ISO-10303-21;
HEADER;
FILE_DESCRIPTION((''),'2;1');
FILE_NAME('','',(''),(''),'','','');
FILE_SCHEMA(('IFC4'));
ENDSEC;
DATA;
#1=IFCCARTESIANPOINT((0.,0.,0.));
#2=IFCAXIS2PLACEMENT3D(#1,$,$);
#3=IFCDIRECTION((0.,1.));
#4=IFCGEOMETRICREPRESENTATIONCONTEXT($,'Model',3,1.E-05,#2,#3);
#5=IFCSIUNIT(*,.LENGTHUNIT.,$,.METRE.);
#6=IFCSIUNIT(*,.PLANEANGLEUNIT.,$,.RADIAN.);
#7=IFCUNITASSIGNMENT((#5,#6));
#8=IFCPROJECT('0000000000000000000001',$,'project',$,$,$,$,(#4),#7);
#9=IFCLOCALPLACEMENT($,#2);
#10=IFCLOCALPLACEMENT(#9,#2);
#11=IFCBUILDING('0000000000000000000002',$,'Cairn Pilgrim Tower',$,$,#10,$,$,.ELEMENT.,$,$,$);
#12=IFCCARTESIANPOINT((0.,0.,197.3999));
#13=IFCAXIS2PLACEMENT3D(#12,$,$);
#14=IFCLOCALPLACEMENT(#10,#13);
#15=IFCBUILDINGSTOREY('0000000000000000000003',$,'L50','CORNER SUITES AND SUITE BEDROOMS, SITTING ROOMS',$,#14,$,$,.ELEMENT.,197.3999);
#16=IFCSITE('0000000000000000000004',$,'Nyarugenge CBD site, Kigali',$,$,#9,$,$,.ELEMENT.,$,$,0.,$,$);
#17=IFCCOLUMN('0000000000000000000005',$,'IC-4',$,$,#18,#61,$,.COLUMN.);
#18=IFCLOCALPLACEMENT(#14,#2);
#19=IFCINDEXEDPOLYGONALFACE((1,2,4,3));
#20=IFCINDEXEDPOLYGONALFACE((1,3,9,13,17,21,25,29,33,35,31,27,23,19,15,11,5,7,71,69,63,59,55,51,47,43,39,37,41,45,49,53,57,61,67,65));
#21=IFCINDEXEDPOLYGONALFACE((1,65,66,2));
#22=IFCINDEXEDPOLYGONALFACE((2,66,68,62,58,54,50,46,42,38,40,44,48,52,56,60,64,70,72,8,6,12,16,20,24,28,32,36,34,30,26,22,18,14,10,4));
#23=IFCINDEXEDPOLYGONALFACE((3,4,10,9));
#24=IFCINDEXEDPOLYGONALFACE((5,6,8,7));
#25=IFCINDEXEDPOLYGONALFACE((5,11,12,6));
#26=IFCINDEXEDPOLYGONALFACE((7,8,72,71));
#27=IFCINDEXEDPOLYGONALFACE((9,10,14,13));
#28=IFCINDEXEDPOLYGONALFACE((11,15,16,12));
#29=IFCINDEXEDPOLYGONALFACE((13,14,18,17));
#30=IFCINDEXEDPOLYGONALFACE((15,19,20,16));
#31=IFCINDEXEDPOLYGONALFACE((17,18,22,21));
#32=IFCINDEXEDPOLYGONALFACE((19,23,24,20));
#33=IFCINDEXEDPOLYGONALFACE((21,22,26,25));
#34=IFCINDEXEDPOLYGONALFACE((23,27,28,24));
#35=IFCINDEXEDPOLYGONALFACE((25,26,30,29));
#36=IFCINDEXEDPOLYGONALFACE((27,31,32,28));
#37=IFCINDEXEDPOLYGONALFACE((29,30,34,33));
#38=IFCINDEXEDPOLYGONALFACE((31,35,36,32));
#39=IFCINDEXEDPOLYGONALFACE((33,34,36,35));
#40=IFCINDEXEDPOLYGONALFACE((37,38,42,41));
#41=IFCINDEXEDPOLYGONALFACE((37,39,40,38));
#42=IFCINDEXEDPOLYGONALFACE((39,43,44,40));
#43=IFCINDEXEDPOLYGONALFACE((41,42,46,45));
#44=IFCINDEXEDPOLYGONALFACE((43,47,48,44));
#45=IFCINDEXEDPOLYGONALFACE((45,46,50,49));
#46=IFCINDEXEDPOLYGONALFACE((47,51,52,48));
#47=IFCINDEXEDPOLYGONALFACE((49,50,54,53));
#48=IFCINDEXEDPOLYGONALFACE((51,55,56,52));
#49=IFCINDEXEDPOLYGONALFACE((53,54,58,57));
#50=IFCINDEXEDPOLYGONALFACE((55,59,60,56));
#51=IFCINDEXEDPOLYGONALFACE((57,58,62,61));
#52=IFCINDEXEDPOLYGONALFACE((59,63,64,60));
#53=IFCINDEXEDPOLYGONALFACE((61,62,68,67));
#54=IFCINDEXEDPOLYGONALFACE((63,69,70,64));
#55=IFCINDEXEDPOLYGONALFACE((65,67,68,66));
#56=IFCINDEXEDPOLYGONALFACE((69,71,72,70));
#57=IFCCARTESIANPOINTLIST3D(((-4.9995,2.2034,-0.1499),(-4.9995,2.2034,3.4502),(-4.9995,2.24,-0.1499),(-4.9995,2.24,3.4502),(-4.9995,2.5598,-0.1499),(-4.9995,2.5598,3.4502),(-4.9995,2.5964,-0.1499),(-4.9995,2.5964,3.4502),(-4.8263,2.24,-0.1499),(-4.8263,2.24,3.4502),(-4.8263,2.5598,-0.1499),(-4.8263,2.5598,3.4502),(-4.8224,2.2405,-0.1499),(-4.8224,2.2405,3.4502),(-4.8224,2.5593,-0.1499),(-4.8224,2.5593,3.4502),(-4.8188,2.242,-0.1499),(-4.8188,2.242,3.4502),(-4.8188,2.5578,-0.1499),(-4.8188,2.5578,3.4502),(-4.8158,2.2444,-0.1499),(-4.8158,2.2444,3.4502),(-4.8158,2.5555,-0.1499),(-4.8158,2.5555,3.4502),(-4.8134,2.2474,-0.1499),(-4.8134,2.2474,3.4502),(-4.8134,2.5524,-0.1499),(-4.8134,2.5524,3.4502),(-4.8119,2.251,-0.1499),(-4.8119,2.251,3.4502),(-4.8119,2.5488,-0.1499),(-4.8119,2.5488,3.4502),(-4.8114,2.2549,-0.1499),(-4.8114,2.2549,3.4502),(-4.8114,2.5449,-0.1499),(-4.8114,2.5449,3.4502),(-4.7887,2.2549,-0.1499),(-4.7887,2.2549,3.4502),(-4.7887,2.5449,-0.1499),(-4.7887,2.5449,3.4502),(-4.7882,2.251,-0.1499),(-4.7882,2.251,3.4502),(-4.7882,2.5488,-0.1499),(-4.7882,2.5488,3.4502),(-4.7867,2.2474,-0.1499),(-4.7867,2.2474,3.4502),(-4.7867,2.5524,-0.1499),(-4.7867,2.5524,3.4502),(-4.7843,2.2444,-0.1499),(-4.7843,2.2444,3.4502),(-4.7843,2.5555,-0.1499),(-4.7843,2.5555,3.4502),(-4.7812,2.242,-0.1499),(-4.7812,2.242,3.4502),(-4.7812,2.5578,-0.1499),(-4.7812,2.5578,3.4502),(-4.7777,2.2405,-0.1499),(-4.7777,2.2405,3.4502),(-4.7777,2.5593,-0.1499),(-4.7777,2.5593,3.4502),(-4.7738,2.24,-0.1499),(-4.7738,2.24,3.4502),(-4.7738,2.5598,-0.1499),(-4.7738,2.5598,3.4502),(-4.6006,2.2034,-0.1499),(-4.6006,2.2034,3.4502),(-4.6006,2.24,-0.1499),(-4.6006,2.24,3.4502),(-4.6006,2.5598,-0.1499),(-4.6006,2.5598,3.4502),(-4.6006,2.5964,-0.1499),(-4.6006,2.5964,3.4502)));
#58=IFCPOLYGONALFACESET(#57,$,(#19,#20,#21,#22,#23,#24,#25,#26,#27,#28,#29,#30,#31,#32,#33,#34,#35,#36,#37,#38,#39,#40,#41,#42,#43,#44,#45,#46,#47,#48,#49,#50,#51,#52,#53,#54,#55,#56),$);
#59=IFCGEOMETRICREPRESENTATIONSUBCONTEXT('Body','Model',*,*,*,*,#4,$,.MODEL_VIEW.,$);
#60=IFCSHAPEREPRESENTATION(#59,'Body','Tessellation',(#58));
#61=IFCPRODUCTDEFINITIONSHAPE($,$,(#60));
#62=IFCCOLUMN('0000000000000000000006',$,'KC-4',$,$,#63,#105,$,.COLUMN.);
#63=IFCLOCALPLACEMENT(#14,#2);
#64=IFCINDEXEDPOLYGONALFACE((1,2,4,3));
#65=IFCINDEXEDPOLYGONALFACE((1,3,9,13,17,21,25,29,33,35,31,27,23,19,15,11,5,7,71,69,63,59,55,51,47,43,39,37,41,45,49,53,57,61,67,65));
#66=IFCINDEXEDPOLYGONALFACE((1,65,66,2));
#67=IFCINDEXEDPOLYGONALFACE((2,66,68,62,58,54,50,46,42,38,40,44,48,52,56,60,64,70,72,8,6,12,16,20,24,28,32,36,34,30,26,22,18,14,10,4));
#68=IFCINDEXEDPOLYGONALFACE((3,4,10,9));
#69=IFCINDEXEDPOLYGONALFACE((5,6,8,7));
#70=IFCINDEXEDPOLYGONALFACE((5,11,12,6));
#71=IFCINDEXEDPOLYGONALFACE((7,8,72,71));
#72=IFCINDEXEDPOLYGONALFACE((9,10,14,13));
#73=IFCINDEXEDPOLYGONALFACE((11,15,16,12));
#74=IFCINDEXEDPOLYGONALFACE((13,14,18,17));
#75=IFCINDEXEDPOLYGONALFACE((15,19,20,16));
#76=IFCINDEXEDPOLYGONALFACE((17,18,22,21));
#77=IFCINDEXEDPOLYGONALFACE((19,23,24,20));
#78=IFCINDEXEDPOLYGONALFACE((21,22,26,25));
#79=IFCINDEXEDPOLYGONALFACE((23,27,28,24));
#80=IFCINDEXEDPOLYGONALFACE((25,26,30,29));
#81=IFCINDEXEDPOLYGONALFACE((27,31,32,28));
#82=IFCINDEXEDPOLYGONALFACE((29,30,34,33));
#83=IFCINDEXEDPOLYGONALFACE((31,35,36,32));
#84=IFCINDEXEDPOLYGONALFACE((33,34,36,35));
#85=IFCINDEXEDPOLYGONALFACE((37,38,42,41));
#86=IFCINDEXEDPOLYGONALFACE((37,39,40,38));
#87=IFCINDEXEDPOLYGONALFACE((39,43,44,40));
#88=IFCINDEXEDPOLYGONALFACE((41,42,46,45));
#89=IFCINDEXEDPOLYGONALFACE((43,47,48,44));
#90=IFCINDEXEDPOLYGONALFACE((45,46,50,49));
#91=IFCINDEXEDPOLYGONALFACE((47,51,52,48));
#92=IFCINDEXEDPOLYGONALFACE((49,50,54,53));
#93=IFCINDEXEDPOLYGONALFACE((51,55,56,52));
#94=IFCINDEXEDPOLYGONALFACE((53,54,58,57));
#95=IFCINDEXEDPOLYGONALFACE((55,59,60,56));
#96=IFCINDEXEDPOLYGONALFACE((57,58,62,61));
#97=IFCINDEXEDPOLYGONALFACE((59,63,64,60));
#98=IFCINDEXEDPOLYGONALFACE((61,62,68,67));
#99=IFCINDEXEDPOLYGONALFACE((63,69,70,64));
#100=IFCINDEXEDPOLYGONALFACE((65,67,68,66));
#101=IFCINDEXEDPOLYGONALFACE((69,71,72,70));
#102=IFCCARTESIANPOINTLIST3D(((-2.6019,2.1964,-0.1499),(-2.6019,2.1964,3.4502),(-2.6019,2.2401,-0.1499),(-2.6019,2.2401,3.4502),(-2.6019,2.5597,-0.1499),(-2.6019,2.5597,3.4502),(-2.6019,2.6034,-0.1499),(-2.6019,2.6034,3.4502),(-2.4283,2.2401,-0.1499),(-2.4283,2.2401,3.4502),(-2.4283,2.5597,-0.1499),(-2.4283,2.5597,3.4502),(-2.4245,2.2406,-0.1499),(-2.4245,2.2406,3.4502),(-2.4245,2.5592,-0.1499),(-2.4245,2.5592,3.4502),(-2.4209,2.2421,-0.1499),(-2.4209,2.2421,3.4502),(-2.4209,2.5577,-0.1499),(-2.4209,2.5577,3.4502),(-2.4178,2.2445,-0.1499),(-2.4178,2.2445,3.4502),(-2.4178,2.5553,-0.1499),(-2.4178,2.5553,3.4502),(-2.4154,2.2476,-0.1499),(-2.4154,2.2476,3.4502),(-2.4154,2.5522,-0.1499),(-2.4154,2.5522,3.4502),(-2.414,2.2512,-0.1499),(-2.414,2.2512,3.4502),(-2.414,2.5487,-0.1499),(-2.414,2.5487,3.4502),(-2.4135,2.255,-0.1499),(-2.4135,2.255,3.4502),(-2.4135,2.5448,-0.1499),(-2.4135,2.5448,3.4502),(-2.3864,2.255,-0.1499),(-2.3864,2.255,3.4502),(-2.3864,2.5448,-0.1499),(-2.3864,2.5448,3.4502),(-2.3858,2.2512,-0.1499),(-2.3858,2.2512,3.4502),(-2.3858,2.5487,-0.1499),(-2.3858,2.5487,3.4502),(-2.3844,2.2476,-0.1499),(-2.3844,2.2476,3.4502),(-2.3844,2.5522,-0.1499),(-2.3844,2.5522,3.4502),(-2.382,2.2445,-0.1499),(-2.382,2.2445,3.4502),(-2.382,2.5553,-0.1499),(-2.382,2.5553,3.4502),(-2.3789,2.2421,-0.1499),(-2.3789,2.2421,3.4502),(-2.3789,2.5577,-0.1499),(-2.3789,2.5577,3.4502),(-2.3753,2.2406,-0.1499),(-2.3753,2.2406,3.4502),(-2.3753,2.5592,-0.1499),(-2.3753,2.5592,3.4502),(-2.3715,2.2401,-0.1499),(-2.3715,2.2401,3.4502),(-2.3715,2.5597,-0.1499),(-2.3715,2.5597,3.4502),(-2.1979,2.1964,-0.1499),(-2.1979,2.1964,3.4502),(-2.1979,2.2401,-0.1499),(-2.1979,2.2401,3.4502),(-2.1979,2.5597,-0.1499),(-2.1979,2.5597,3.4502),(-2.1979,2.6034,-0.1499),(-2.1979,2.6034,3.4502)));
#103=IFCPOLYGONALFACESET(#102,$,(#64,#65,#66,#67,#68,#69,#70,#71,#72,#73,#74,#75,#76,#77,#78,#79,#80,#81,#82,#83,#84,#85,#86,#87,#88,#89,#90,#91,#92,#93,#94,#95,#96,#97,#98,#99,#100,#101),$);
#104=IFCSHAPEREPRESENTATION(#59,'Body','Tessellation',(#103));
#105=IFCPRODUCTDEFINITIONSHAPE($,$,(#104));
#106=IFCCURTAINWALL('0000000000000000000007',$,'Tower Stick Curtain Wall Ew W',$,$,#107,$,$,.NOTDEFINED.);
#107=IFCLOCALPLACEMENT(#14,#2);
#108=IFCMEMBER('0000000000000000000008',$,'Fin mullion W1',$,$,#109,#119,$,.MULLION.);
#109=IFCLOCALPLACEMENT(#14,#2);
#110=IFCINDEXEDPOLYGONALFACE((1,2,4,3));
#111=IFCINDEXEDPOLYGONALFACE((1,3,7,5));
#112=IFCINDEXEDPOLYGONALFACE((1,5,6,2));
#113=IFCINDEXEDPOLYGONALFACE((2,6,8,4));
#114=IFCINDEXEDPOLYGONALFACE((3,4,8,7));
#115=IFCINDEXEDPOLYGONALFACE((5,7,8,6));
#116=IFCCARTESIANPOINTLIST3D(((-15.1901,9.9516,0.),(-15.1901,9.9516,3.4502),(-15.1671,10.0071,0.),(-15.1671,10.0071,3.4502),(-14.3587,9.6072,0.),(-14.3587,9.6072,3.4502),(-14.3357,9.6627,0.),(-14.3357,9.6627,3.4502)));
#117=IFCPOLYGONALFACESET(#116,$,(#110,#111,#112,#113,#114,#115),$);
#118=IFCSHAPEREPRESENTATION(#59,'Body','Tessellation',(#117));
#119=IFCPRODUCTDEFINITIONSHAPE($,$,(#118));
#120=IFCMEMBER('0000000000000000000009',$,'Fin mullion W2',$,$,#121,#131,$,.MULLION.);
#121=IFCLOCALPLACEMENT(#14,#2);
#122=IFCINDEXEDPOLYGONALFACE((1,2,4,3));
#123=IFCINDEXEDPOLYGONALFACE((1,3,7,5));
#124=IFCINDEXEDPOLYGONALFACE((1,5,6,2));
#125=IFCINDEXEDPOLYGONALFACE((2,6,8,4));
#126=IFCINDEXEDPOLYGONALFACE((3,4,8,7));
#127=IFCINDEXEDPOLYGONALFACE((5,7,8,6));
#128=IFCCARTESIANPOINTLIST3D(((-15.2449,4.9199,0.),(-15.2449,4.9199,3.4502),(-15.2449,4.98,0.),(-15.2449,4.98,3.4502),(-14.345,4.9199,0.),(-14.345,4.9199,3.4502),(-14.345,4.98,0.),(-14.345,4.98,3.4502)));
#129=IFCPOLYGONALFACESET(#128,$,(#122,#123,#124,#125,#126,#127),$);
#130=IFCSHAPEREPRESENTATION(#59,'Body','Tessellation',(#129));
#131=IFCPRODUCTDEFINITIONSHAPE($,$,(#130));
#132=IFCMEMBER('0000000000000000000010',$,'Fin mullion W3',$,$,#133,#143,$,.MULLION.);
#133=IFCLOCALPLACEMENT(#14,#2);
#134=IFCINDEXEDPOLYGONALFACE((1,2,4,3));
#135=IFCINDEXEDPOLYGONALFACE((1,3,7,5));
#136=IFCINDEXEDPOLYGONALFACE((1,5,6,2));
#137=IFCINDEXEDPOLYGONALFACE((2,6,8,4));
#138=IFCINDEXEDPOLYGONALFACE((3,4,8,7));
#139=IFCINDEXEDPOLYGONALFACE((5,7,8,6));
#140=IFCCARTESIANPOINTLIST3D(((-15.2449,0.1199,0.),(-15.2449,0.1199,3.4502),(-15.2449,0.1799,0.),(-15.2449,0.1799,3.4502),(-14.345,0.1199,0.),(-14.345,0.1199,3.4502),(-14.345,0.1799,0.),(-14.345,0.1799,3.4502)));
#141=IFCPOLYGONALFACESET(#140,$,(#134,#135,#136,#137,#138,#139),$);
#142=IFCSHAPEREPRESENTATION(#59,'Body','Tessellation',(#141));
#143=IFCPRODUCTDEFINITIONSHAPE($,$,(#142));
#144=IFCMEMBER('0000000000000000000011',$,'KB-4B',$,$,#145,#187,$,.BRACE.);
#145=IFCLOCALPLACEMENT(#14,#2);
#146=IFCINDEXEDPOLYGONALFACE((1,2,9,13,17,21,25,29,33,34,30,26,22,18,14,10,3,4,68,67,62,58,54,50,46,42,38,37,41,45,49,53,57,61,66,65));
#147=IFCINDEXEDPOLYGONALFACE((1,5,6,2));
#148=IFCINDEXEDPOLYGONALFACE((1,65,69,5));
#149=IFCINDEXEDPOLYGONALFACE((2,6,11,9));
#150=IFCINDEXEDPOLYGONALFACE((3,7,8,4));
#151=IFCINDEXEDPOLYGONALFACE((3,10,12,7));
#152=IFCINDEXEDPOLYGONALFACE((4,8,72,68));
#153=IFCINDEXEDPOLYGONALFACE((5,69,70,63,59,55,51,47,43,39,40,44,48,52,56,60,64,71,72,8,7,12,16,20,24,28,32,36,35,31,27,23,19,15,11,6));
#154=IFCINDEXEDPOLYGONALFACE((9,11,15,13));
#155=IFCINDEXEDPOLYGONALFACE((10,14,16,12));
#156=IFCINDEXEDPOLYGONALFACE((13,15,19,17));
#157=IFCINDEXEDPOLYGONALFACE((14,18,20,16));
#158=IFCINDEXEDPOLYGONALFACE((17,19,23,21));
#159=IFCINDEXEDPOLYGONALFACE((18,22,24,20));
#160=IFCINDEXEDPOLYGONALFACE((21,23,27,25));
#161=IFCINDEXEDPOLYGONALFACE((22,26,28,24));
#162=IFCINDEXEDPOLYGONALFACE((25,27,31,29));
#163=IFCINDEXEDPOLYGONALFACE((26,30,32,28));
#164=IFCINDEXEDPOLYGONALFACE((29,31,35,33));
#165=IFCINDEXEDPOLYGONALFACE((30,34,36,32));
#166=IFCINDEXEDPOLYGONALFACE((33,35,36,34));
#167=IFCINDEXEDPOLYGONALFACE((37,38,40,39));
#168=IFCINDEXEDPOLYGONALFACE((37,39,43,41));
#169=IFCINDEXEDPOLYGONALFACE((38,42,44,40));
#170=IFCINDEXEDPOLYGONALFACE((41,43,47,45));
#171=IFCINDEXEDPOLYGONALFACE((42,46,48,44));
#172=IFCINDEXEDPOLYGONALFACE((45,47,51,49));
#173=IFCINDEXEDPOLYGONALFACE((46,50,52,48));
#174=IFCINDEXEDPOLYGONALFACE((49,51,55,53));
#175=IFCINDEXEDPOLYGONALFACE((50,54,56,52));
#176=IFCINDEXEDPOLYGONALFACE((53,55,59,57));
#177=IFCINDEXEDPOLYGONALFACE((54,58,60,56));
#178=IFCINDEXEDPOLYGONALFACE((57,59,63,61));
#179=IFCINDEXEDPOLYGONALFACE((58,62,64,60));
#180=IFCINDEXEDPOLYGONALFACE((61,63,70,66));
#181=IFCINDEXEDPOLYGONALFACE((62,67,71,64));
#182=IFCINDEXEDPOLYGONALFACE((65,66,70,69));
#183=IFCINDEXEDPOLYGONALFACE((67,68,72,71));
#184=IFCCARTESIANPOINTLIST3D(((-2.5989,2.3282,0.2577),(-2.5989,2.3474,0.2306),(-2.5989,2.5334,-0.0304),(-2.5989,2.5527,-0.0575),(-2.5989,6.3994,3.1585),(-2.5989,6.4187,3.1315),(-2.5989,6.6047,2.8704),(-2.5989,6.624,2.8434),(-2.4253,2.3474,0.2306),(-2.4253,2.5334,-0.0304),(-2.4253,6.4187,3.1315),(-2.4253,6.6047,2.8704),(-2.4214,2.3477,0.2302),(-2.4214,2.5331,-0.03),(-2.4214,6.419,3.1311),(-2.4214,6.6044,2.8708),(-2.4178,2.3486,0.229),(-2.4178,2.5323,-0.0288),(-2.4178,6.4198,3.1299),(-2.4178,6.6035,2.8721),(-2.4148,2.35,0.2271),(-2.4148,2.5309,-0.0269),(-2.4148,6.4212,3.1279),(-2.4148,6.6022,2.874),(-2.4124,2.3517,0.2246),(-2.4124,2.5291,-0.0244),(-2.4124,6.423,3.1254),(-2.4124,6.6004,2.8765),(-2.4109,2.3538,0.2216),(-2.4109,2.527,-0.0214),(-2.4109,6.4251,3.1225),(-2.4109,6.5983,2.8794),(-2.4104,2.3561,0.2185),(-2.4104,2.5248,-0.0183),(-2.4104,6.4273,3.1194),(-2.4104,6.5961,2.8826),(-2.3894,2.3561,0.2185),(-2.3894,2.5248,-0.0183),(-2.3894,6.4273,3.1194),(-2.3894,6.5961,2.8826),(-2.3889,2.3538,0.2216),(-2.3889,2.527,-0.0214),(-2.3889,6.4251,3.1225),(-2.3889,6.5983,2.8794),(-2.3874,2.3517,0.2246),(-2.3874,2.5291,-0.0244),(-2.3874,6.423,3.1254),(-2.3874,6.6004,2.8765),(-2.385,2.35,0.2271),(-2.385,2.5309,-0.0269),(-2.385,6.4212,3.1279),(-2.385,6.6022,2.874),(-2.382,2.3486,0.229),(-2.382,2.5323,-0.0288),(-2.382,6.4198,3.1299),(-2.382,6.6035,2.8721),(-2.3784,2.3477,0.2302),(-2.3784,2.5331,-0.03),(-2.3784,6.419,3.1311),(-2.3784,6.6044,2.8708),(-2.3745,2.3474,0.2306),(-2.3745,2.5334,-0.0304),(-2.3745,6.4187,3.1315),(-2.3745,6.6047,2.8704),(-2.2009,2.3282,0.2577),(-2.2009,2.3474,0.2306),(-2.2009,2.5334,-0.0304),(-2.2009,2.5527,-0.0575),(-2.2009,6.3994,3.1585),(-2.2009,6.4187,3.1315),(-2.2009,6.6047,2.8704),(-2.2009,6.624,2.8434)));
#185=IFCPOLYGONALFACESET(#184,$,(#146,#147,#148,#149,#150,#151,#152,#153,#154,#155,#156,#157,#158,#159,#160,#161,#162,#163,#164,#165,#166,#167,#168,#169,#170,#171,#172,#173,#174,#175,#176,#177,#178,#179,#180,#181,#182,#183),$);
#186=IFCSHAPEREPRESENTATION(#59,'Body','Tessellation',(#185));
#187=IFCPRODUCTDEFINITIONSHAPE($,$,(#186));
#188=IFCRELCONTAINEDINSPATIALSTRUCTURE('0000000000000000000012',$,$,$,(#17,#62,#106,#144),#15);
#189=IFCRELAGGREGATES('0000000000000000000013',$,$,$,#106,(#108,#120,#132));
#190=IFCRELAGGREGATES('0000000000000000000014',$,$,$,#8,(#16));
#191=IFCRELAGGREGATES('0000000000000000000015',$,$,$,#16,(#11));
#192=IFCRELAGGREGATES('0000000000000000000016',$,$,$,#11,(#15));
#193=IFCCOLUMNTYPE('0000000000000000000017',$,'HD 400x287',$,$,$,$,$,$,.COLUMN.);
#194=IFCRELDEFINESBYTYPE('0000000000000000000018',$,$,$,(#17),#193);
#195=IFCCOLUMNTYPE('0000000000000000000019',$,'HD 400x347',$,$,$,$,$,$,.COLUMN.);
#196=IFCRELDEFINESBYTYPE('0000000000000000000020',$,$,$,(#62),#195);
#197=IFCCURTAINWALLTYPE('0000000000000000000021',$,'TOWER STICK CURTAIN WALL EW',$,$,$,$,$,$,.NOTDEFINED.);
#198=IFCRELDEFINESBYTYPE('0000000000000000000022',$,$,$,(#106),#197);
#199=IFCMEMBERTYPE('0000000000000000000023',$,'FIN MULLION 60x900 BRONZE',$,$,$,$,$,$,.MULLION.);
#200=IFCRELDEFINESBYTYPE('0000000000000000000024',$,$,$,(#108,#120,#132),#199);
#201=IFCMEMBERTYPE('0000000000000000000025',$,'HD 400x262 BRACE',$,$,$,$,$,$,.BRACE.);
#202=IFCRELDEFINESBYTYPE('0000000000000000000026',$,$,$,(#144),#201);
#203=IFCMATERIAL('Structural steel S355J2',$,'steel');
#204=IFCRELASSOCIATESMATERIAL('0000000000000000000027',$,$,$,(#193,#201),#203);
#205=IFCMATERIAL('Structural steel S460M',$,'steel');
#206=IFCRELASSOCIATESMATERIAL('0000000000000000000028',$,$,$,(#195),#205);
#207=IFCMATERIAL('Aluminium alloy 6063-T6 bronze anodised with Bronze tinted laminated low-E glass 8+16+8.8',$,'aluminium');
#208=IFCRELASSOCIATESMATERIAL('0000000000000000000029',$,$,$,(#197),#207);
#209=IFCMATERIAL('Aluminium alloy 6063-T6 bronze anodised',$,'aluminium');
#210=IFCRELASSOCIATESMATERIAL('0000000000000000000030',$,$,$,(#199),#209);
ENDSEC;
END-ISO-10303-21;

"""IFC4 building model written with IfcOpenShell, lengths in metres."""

from ifc_helpers import new_model, si_unit, direction, frame, origin, origin_2d, place, context, subcontext, project, spatial, rectangle, i_section, extrude, material, material_profile, profile_set, type_object, element, aggregate, save


model = new_model("IFC4")

# Units and contexts
model_context = context("Model", 3, precision=1e-05, world=origin(), true_north=direction((0.0, 1.0)))
body_context = subcontext(model_context, "Body", "Model", "MODEL_VIEW")
ifc_project = project(units=[si_unit("LENGTHUNIT", "METRE"), si_unit("PLANEANGLEUNIT", "RADIAN")], contexts=[model_context])

# Site, building, storey
site_placement = place(None, origin())
site = spatial("IfcSite", under=ifc_project, at=site_placement, Name="Nyarugenge CBD site, Kigali", CompositionType="ELEMENT", RefElevation=0.0)
building_placement = place(site_placement, origin())
building = spatial("IfcBuilding", under=site, at=building_placement, Name="Cairn Pilgrim Tower", CompositionType="ELEMENT")
storey_placement = place(building_placement, frame((0.0, 0.0, 197.3999)))
storey = spatial("IfcBuildingStorey", under=building, at=storey_placement, Name="L50", Description="CORNER SUITES AND SUITE BEDROOMS, SITTING ROOMS", CompositionType="ELEMENT", Elevation=197.3999)

# Columns
ifc_material_1 = material(Name="Structural steel S460M", Category="steel")
ifc_material_2 = material(Name="Structural steel S355J2", Category="steel")
ifc_material_profile_1 = material_profile(ifc_material_2, i_section(OverallWidth=0.3989, OverallDepth=0.3931, WebThickness=0.0227, FlangeThickness=0.0366, FilletRadius=0.0149, at=origin_2d()), Name="HD 400x287")
ifc_profile_set_1 = profile_set([ifc_material_profile_1], Name="Structural steel S355J2")
column_type_1 = type_object("IfcColumnType", Name="HD 400x287", PredefinedType="COLUMN", material=ifc_profile_set_1)
column_1_placement = place(storey_placement, frame((-4.8, 2.3999, -0.1499), z_axis=(0.0, 0.0, 1.0), x_axis=(1.0, 0.0, 0.0)))
element("IfcColumn", 1, at=column_1_placement, inside=storey, type_object=column_type_1, Name="IC-4", PredefinedType="COLUMN", context=body_context, shape_type="SweptSolid", body=[
    extrude(i_section(OverallWidth=0.3989, OverallDepth=0.3931, WebThickness=0.0227, FlangeThickness=0.0366, FilletRadius=0.0149, at=origin_2d()), origin(), (0.0, 0.0, 1.0), 3.6001),
])
ifc_material_profile_2 = material_profile(ifc_material_1, i_section(OverallWidth=0.4041, OverallDepth=0.407, WebThickness=0.0271, FlangeThickness=0.0437, FilletRadius=0.0149, at=origin_2d()), Name="HD 400x347")
ifc_profile_set_2 = profile_set([ifc_material_profile_2], Name="Structural steel S460M")
column_type_2 = type_object("IfcColumnType", Name="HD 400x347", PredefinedType="COLUMN", material=ifc_profile_set_2)
column_2_placement = place(storey_placement, frame((-2.3999, 2.3999, -0.1499), z_axis=(0.0, 0.0, 1.0), x_axis=(1.0, 0.0, 0.0)))
element("IfcColumn", 2, at=column_2_placement, inside=storey, type_object=column_type_2, Name="KC-4", PredefinedType="COLUMN", context=body_context, shape_type="SweptSolid", body=[
    extrude(i_section(OverallWidth=0.4041, OverallDepth=0.407, WebThickness=0.0271, FlangeThickness=0.0437, FilletRadius=0.0149, at=origin_2d()), origin(), (0.0, 0.0, 1.0), 3.6001),
])

# Curtain wall, members
ifc_material_3 = material(Name="Aluminium alloy 6063-T6 bronze anodised with Bronze tinted laminated low-E glass 8+16+8.8", Category="aluminium")
curtain_wall_type_1 = type_object("IfcCurtainWallType", Name="TOWER STICK CURTAIN WALL EW", PredefinedType="NOTDEFINED", material=ifc_material_3)
curtain_wall_1_placement = place(storey_placement, origin())
curtain_wall_1 = element("IfcCurtainWall", 3, at=curtain_wall_1_placement, inside=storey, type_object=curtain_wall_type_1, Name="Tower Stick Curtain Wall Ew W", PredefinedType="NOTDEFINED")
ifc_material_4 = material(Name="Aluminium alloy 6063-T6 bronze anodised", Category="aluminium")
ifc_material_profile_3 = material_profile(ifc_material_4, rectangle(XDim=0.8999, YDim=0.0601, at=origin_2d()), Name="FIN MULLION 60x900 BRONZE")
ifc_profile_set_3 = profile_set([ifc_material_profile_3], Name="Aluminium alloy 6063-T6 bronze anodised")
member_type_1 = type_object("IfcMemberType", Name="FIN MULLION 60x900 BRONZE", PredefinedType="MULLION", material=ifc_profile_set_3)
member_1_placement = place(storey_placement, frame((-14.7629, 9.8071, 0.0), z_axis=(0.0, 0.0, 1.0), x_axis=(-0.92388, 0.382683, 0.0)))
member_1 = element("IfcMember", 4, at=member_1_placement, type_object=member_type_1, Name="Fin mullion W1", PredefinedType="MULLION", context=body_context, shape_type="SweptSolid", body=[
    extrude(rectangle(XDim=0.8999, YDim=0.0601, at=origin_2d()), origin(), (0.0, 0.0, 1.0), 3.4502),
])
member_2_placement = place(storey_placement, frame((-14.7949, 4.95, 0.0), z_axis=(0.0, 0.0, 1.0), x_axis=(-1.0, 0.0, 0.0)))
member_2 = element("IfcMember", 5, at=member_2_placement, type_object=member_type_1, Name="Fin mullion W2", PredefinedType="MULLION", context=body_context, shape_type="SweptSolid", body=[
    extrude(rectangle(XDim=0.8999, YDim=0.0601, at=origin_2d()), origin(), (0.0, 0.0, 1.0), 3.4502),
])
member_3_placement = place(storey_placement, frame((-14.7949, 0.1499, 0.0), z_axis=(0.0, 0.0, 1.0), x_axis=(-1.0, 0.0, 0.0)))
member_3 = element("IfcMember", 6, at=member_3_placement, type_object=member_type_1, Name="Fin mullion W3", PredefinedType="MULLION", context=body_context, shape_type="SweptSolid", body=[
    extrude(rectangle(XDim=0.8999, YDim=0.0601, at=origin_2d()), origin(), (0.0, 0.0, 1.0), 3.4502),
])

# Member
ifc_material_profile_4 = material_profile(ifc_material_2, i_section(OverallWidth=0.3979, OverallDepth=0.387, WebThickness=0.021, FlangeThickness=0.0332, FilletRadius=0.0149, at=origin_2d()), Name="HD 400x262")
ifc_profile_set_4 = profile_set([ifc_material_profile_4], Name="Structural steel S355J2")
member_type_2 = type_object("IfcMemberType", Name="HD 400x262 BRACE", PredefinedType="BRACE", material=ifc_profile_set_4)
member_4_placement = place(storey_placement, frame((-2.3999, 2.4404, 0.1001), z_axis=(0.0, 0.814413, 0.580286), x_axis=(-1.0, 0.0, 0.0)))
element("IfcMember", 7, at=member_4_placement, inside=storey, type_object=member_type_2, Name="KB-4B", PredefinedType="BRACE", context=body_context, shape_type="SweptSolid", body=[
    extrude(i_section(OverallWidth=0.3979, OverallDepth=0.387, WebThickness=0.021, FlangeThickness=0.0332, FilletRadius=0.0149, at=origin_2d()), origin(), (0.0, 0.0, 1.0), 4.999),
])

aggregate(curtain_wall_1, [member_1, member_2, member_3])

save(model, "model.ifc")
